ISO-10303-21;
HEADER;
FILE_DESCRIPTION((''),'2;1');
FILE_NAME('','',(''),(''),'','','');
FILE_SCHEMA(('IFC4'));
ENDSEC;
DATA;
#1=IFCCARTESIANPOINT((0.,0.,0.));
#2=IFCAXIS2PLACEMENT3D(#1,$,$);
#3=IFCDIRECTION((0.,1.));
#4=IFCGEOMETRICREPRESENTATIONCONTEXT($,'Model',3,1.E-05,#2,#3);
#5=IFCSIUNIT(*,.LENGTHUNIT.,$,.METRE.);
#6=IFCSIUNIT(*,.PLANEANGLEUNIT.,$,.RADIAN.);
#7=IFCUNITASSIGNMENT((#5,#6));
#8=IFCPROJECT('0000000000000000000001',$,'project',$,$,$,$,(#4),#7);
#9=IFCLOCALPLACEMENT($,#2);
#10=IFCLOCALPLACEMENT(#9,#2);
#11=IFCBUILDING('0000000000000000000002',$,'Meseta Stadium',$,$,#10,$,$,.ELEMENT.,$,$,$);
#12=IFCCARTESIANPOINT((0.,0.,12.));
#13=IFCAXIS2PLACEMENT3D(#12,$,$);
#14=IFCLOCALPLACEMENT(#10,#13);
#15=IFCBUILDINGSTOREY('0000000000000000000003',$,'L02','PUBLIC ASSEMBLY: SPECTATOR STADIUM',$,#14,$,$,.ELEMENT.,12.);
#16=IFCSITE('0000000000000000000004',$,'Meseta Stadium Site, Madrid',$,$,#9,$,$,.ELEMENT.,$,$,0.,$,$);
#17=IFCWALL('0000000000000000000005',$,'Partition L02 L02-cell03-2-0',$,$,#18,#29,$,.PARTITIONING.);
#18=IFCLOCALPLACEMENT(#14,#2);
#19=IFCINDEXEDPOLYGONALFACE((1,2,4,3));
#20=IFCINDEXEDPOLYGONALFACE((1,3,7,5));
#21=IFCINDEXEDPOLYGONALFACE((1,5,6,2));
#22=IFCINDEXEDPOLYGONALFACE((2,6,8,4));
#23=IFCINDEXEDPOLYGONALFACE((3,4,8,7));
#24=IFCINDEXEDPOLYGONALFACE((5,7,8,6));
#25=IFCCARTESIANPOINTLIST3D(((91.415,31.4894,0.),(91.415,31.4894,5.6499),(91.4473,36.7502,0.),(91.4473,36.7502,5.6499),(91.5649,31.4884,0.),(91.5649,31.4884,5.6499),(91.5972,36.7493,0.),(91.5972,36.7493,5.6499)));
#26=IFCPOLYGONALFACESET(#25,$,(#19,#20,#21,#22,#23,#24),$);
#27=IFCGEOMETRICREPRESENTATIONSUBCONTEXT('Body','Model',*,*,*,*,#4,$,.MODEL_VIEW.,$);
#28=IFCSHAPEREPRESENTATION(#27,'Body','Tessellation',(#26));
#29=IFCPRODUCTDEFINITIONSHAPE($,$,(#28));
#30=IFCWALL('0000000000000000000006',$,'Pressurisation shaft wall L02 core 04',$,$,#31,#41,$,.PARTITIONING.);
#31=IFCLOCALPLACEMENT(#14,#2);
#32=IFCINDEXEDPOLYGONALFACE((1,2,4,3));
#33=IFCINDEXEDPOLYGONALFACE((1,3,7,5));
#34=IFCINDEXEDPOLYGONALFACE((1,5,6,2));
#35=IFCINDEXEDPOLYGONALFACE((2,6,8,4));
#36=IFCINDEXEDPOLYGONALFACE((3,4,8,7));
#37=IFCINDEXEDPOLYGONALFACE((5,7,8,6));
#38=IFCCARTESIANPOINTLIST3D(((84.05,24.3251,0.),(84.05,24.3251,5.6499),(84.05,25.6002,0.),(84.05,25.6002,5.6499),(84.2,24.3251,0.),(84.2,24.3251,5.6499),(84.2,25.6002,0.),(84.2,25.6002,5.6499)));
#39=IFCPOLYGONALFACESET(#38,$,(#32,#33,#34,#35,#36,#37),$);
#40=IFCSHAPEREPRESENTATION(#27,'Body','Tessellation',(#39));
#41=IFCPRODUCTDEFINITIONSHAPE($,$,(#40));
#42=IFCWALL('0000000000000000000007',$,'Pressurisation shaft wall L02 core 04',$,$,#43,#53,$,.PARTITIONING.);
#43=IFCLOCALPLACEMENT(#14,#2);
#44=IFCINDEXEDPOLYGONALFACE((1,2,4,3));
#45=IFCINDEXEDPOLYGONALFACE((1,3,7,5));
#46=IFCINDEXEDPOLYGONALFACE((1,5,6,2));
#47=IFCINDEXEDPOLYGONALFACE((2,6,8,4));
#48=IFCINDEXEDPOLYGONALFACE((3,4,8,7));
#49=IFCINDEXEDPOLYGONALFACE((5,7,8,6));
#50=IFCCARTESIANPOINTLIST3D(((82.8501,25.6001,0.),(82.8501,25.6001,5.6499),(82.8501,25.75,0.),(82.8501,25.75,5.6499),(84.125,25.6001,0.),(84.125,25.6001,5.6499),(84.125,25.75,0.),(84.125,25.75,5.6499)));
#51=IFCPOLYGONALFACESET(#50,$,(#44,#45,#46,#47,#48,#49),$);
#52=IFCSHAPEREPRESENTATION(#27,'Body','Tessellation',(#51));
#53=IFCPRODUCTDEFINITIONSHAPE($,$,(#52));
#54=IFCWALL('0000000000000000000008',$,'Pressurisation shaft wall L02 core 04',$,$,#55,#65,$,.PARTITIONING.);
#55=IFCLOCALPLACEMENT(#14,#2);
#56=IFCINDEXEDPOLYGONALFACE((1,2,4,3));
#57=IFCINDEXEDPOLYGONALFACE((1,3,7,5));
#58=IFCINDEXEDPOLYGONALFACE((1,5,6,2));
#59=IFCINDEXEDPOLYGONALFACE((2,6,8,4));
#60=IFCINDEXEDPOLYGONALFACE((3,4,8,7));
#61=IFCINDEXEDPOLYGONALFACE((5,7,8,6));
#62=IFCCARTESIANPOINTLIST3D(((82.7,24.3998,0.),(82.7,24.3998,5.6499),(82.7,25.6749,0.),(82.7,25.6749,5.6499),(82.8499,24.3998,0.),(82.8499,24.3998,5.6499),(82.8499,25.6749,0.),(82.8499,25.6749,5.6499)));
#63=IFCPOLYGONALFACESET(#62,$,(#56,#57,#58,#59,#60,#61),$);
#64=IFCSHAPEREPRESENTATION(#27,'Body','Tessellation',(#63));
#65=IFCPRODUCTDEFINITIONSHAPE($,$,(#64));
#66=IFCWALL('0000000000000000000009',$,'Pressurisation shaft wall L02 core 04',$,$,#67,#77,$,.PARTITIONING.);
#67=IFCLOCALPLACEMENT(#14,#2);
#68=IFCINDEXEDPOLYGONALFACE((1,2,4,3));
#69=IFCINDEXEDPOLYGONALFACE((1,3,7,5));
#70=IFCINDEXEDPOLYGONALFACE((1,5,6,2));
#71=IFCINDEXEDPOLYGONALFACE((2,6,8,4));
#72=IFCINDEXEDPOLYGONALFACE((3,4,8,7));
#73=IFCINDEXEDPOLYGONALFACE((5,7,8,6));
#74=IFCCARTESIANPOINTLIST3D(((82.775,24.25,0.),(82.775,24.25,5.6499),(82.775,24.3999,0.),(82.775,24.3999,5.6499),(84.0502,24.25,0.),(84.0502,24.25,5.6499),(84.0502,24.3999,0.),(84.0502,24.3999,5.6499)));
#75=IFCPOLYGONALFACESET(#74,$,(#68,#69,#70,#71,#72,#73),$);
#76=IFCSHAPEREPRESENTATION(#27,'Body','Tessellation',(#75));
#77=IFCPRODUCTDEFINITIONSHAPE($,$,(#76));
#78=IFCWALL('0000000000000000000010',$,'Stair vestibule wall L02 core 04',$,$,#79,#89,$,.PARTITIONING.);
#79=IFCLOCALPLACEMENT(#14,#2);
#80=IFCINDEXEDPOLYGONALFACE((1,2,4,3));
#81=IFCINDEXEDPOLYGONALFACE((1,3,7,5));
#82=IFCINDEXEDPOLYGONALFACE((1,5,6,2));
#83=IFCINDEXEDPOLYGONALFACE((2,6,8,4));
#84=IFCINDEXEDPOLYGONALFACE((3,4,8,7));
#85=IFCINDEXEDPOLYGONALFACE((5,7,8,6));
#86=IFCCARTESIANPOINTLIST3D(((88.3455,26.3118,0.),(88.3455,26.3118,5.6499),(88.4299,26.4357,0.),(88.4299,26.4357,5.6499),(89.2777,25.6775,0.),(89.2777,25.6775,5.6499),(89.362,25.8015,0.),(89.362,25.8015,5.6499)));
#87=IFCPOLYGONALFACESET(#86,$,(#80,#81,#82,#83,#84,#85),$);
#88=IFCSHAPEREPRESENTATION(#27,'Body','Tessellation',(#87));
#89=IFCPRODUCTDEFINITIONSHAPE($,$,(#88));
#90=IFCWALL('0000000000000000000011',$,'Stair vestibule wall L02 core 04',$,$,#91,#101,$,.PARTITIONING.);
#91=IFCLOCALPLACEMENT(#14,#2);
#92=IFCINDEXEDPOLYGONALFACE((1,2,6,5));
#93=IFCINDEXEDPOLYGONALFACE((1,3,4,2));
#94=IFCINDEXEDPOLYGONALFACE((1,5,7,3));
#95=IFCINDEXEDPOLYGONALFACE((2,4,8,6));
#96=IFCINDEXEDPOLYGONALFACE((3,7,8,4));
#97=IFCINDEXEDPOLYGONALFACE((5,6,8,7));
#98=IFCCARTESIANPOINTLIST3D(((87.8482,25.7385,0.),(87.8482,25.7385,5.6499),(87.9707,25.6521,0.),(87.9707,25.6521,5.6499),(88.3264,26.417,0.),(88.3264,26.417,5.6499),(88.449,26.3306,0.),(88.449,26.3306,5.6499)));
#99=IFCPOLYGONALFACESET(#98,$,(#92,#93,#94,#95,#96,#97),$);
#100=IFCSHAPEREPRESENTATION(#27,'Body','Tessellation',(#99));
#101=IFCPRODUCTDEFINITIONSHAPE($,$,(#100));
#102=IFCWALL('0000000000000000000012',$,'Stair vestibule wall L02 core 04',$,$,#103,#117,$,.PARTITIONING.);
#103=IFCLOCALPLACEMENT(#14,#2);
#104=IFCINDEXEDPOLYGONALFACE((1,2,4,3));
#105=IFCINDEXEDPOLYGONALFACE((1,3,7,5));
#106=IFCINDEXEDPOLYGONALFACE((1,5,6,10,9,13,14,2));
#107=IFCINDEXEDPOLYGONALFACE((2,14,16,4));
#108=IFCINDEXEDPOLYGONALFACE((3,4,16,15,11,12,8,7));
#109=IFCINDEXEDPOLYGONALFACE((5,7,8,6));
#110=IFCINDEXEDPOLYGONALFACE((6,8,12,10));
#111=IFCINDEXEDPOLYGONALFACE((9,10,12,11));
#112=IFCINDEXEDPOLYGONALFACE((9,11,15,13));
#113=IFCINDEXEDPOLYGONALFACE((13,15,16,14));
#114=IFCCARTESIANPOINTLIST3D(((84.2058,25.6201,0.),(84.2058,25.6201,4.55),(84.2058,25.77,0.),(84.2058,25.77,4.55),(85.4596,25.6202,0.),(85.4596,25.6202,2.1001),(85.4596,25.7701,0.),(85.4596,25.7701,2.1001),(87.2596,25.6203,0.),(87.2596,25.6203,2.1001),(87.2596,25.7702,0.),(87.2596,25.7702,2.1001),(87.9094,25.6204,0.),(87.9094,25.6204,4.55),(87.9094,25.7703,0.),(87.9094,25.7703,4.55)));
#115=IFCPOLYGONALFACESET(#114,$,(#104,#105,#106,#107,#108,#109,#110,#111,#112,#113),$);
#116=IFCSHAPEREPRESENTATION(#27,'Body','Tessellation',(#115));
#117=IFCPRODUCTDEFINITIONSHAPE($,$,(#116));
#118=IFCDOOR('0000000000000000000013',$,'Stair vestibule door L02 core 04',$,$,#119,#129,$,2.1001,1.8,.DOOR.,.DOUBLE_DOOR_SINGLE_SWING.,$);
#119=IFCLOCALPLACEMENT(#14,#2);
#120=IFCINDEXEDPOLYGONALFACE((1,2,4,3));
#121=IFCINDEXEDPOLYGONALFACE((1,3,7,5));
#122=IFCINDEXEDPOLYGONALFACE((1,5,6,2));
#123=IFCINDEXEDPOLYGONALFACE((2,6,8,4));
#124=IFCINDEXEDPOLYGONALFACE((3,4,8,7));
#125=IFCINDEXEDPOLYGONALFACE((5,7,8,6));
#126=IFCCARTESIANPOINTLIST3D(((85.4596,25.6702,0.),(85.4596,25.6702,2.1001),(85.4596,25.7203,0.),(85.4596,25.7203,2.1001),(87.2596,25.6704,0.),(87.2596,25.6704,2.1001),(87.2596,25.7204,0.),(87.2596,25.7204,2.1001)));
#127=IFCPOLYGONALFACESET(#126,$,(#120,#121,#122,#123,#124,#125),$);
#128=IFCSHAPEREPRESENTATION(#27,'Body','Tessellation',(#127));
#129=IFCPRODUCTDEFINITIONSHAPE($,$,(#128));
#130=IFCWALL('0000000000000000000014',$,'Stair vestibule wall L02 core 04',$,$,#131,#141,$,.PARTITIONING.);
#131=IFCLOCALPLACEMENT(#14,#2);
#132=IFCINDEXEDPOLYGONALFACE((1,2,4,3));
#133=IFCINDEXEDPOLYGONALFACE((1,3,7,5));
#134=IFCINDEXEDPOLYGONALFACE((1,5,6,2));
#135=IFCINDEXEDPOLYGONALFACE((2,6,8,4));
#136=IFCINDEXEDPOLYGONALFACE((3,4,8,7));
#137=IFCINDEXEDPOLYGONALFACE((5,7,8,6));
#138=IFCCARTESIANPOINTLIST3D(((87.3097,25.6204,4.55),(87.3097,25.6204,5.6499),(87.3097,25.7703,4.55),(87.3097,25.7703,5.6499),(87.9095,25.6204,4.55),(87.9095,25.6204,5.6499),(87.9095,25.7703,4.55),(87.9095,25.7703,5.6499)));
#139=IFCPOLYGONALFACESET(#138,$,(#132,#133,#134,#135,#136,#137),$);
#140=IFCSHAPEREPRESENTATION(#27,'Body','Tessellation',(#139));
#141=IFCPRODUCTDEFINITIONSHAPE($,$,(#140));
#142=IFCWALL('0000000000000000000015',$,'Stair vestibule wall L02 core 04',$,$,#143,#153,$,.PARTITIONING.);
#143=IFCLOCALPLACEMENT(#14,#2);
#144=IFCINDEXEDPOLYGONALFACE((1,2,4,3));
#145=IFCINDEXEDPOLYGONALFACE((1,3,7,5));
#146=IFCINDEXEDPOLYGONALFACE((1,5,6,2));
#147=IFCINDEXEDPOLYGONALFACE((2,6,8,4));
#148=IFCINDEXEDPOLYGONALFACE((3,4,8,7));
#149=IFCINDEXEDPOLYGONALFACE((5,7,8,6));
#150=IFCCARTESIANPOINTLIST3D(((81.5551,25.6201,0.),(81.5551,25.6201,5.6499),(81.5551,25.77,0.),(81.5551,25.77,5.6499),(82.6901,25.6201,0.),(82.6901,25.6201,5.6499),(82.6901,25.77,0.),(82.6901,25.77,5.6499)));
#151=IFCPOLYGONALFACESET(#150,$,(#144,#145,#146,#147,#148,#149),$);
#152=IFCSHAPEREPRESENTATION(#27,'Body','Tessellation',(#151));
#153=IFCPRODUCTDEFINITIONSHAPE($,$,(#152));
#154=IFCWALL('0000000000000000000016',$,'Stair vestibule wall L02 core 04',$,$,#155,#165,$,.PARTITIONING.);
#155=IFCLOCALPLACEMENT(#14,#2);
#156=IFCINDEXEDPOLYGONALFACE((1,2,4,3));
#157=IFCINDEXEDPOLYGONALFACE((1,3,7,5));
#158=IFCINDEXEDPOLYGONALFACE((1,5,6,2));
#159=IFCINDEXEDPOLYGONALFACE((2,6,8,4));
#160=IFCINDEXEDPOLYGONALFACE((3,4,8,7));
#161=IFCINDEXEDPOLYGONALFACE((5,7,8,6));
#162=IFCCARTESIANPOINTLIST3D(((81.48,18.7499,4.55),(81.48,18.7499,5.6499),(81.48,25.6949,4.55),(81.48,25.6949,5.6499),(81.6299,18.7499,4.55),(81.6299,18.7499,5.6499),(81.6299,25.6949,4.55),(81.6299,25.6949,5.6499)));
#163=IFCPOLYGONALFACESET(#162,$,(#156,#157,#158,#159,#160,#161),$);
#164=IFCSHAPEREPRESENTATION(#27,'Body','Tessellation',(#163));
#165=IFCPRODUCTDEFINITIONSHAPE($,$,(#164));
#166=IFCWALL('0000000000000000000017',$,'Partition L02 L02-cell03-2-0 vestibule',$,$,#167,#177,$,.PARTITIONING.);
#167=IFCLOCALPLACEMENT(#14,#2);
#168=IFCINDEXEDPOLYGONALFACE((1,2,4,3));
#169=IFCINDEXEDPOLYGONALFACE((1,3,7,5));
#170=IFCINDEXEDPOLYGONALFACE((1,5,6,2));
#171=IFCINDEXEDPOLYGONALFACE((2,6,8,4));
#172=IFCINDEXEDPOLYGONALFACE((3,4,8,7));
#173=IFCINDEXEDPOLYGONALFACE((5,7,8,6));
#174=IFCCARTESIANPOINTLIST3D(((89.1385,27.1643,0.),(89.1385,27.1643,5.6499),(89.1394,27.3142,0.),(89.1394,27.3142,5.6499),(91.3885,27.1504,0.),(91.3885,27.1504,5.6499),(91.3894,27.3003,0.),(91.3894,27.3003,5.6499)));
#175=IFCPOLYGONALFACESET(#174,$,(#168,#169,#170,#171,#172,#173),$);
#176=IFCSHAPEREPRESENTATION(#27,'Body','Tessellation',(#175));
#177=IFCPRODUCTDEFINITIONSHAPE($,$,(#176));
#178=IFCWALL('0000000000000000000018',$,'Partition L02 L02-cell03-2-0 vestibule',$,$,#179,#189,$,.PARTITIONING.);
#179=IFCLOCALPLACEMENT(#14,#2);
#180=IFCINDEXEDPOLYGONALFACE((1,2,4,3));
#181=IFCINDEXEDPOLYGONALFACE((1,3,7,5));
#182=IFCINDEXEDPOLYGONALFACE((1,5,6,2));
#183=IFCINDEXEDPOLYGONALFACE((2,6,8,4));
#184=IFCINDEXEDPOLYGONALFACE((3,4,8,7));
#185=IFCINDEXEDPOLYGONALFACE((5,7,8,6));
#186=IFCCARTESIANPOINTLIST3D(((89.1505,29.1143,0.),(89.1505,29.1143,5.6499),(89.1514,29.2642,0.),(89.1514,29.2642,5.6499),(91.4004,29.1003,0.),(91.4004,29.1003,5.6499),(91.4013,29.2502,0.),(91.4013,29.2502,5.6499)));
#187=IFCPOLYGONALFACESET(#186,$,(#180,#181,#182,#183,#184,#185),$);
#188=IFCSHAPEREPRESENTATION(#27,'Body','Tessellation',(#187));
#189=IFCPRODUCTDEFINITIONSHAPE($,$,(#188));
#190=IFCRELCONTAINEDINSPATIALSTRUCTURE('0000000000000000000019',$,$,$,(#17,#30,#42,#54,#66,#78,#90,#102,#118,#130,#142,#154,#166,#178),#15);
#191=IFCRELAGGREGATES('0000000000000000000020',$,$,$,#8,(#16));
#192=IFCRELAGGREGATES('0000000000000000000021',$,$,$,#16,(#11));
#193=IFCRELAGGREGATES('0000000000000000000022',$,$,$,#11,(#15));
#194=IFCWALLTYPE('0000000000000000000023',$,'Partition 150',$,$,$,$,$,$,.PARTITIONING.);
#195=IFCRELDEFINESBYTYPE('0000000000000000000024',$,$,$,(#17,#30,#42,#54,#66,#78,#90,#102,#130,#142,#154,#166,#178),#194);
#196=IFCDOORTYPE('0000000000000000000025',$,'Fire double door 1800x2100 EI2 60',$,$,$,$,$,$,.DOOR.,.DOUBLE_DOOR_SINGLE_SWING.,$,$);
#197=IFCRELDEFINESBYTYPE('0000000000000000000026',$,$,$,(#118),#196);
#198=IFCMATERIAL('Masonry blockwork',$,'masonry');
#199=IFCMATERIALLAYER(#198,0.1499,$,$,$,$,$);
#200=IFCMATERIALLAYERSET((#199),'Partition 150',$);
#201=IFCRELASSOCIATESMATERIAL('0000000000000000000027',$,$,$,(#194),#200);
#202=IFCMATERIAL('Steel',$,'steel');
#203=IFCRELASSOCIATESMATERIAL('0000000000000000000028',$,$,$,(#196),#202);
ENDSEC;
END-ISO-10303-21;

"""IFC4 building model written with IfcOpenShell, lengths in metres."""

from ifc_helpers import new_model, si_unit, direction, frame, frame_2d, origin, place, context, subcontext, project, spatial, rectangle, extrude, material, layer, layer_set, type_object, element, fill, save


model = new_model("IFC4")

# Units and contexts
model_context = context("Model", 3, precision=1e-05, world=origin(), true_north=direction((0.0, 1.0)))
body_context = subcontext(model_context, "Body", "Model", "MODEL_VIEW")
ifc_project = project(units=[si_unit("LENGTHUNIT", "METRE"), si_unit("PLANEANGLEUNIT", "RADIAN")], contexts=[model_context])

# Site, building, storey
site_placement = place(None, origin())
site = spatial("IfcSite", under=ifc_project, at=site_placement, Name="Meseta Stadium Site, Madrid", CompositionType="ELEMENT", RefElevation=0.0)
building_placement = place(site_placement, origin())
building = spatial("IfcBuilding", under=site, at=building_placement, Name="Meseta Stadium", CompositionType="ELEMENT")
storey_placement = place(building_placement, frame((0.0, 0.0, 12.0)))
storey = spatial("IfcBuildingStorey", under=building, at=storey_placement, Name="L02", Description="PUBLIC ASSEMBLY: SPECTATOR STADIUM", CompositionType="ELEMENT", Elevation=12.0)

# Shared definitions
ifc_material_1 = material(Name="Masonry blockwork", Category="masonry")
ifc_layer_1 = layer(ifc_material_1, 0.1499)
ifc_layer_set_1 = layer_set([ifc_layer_1], Name="Partition 150")
wall_type_1 = type_object("IfcWallType", Name="Partition 150", PredefinedType="PARTITIONING", material=ifc_layer_set_1)

# Walls
wall_1_placement = place(storey_placement, frame((91.49, 31.489, 0.0), z_axis=(0.0, 0.0, 1.0), x_axis=(0.006125, 0.999981, 0.0)))
element("IfcWall", 1, at=wall_1_placement, inside=storey, type_object=wall_type_1, Name="Partition L02 L02-cell03-2-0", PredefinedType="PARTITIONING", context=body_context, shape_type="SweptSolid", body=[
    extrude(rectangle(XDim=5.261, YDim=0.1499, at=frame_2d((2.6304, 0.0))), origin(), (0.0, 0.0, 1.0), 5.6499),
])
wall_2_placement = place(storey_placement, frame((84.125, 24.325, 0.0), z_axis=(0.0, 0.0, 1.0), x_axis=(0.0, 1.0, 0.0)))
element("IfcWall", 2, at=wall_2_placement, inside=storey, type_object=wall_type_1, Name="Pressurisation shaft wall L02 core 04", PredefinedType="PARTITIONING", context=body_context, shape_type="SweptSolid", body=[
    extrude(rectangle(XDim=1.2751, YDim=0.1499, at=frame_2d((0.6377, 0.0))), origin(), (0.0, 0.0, 1.0), 5.6499),
])
wall_3_placement = place(storey_placement, frame((84.125, 25.675, 0.0), z_axis=(0.0, 0.0, 1.0), x_axis=(-1.0, 0.0, 0.0)))
element("IfcWall", 3, at=wall_3_placement, inside=storey, type_object=wall_type_1, Name="Pressurisation shaft wall L02 core 04", PredefinedType="PARTITIONING", context=body_context, shape_type="SweptSolid", body=[
    extrude(rectangle(XDim=1.2749, YDim=0.1499, at=frame_2d((0.6375, 0.0))), origin(), (0.0, 0.0, 1.0), 5.6499),
])
for number, where, z_axis, x_axis, name in (
    (4, (82.7749, 25.675, 0.0), (0.0, 0.0, 1.0), (0.0, -1.0, 0.0), "Pressurisation shaft wall L02 core 04"),
    (5, (82.7749, 24.325, 0.0), (0.0, 0.0, 1.0), (1.0, 0.0, 0.0), "Pressurisation shaft wall L02 core 04"),
):
    element("IfcWall", number, at=place(storey_placement, frame(where, z_axis=z_axis, x_axis=x_axis)), inside=storey, type_object=wall_type_1, Name=name, PredefinedType="PARTITIONING", context=body_context, shape_type="SweptSolid", body=[
        extrude(rectangle(XDim=1.2751, YDim=0.1499, at=frame_2d((0.6377, 0.0))), origin(), (0.0, 0.0, 1.0), 5.6499),
    ])
wall_4_placement = place(storey_placement, frame((89.3198, 25.7395, 0.0), z_axis=(0.0, 0.0, 1.0), x_axis=(-0.826749, 0.562571, 0.0)))
element("IfcWall", 6, at=wall_4_placement, inside=storey, type_object=wall_type_1, Name="Stair vestibule wall L02 core 04", PredefinedType="PARTITIONING", context=body_context, shape_type="SweptSolid", body=[
    extrude(rectangle(XDim=1.1274, YDim=0.1499, at=frame_2d((0.5637, 0.0))), origin(), (0.0, 0.0, 1.0), 5.6499),
])
wall_5_placement = place(storey_placement, frame((88.3877, 26.3738, 0.0), z_axis=(0.0, 0.0, 1.0), x_axis=(-0.576163, -0.817334, 0.0)))
element("IfcWall", 7, at=wall_5_placement, inside=storey, type_object=wall_type_1, Name="Stair vestibule wall L02 core 04", PredefinedType="PARTITIONING", context=body_context, shape_type="SweptSolid", body=[
    extrude(rectangle(XDim=0.8301, YDim=0.1499, at=frame_2d((0.415, 0.0))), origin(), (0.0, 0.0, 1.0), 5.6499),
])

# Wall, opening, door
wall_6_placement = place(storey_placement, frame((87.9094, 25.6953, 0.0), z_axis=(0.0, 0.0, 1.0), x_axis=(-1.0, -0.000066, 0.0)))
wall_6 = element("IfcWall", 8, at=wall_6_placement, inside=storey, type_object=wall_type_1, Name="Stair vestibule wall L02 core 04", PredefinedType="PARTITIONING", context=body_context, shape_type="SweptSolid", body=[
    extrude(rectangle(XDim=3.7036, YDim=0.1499, at=frame_2d((1.8518, 0.0))), origin(), (0.0, 0.0, 1.0), 4.55),
])
opening_1_placement = place(wall_6_placement, frame((0.6499, 0.0, 0.0)))
opening_1 = element("IfcOpeningElement", 9, at=opening_1_placement, cuts=wall_6, PredefinedType="OPENING", context=body_context, shape_type="SweptSolid", body=[
    extrude(rectangle(XDim=1.8, YDim=2.1001, at=frame_2d((0.8999, 1.05))), frame((0.0, 0.085, 0.0), z_axis=(0.0, -1.0, 0.0), x_axis=(1.0, 0.0, 0.0)), (0.0, 0.0, 1.0), 0.1699),
])
ifc_material_2 = material(Name="Steel", Category="steel")
door_type_1 = type_object("IfcDoorType", Name="Fire double door 1800x2100 EI2 60", OperationType="DOUBLE_DOOR_SINGLE_SWING", PredefinedType="DOOR", material=ifc_material_2)
door_1_placement = place(opening_1_placement, origin())
door_1 = element("IfcDoor", 10, at=door_1_placement, inside=storey, type_object=door_type_1, Name="Stair vestibule door L02 core 04", OperationType="DOUBLE_DOOR_SINGLE_SWING", OverallHeight=2.1001, OverallWidth=1.8, PredefinedType="DOOR", context=body_context, shape_type="SweptSolid", body=[
    extrude(rectangle(XDim=1.8, YDim=2.1001, at=frame_2d((0.8999, 1.05))), frame((0.0, 0.0249, 0.0), z_axis=(0.0, -1.0, 0.0), x_axis=(1.0, 0.0, 0.0)), (0.0, 0.0, 1.0), 0.05),
])
fill(opening_1, door_1)

# Walls
wall_7_placement = place(storey_placement, frame((87.9094, 25.6953, 4.55), z_axis=(0.0, 0.0, 1.0), x_axis=(-1.0, 0.0, 0.0)))
element("IfcWall", 11, at=wall_7_placement, inside=storey, type_object=wall_type_1, Name="Stair vestibule wall L02 core 04", PredefinedType="PARTITIONING", context=body_context, shape_type="SweptSolid", body=[
    extrude(rectangle(XDim=0.5999, YDim=0.1499, at=frame_2d((0.2998, 0.0))), origin(), (0.0, 0.0, 1.0), 1.0999),
])
wall_8_placement = place(storey_placement, frame((82.6899, 25.6951, 0.0), z_axis=(0.0, 0.0, 1.0), x_axis=(-1.0, 0.0, 0.0)))
element("IfcWall", 12, at=wall_8_placement, inside=storey, type_object=wall_type_1, Name="Stair vestibule wall L02 core 04", PredefinedType="PARTITIONING", context=body_context, shape_type="SweptSolid", body=[
    extrude(rectangle(XDim=1.135, YDim=0.1499, at=frame_2d((0.5674, 0.0))), origin(), (0.0, 0.0, 1.0), 5.6499),
])
wall_9_placement = place(storey_placement, frame((81.5549, 25.6951, 4.55), z_axis=(0.0, 0.0, 1.0), x_axis=(0.0, -1.0, 0.0)))
element("IfcWall", 13, at=wall_9_placement, inside=storey, type_object=wall_type_1, Name="Stair vestibule wall L02 core 04", PredefinedType="PARTITIONING", context=body_context, shape_type="SweptSolid", body=[
    extrude(rectangle(XDim=6.9451, YDim=0.1499, at=frame_2d((3.4727, 0.0))), origin(), (0.0, 0.0, 1.0), 1.0999),
])
for number, where, z_axis, x_axis, name in (
    (14, (91.3889, 27.2253, 0.0), (0.0, 0.0, 1.0), (-0.999981, 0.006185, 0.0), "Partition L02 L02-cell03-2-0 vestibule"),
    (15, (91.4009, 29.1753, 0.0), (0.0, 0.0, 1.0), (-0.999981, 0.006185, 0.0), "Partition L02 L02-cell03-2-0 vestibule"),
):
    element("IfcWall", number, at=place(storey_placement, frame(where, z_axis=z_axis, x_axis=x_axis)), inside=storey, type_object=wall_type_1, Name=name, PredefinedType="PARTITIONING", context=body_context, shape_type="SweptSolid", body=[
        extrude(rectangle(XDim=2.25, YDim=0.1499, at=frame_2d((1.125, 0.0))), origin(), (0.0, 0.0, 1.0), 5.6499),
    ])

save(model, "model.ifc")
